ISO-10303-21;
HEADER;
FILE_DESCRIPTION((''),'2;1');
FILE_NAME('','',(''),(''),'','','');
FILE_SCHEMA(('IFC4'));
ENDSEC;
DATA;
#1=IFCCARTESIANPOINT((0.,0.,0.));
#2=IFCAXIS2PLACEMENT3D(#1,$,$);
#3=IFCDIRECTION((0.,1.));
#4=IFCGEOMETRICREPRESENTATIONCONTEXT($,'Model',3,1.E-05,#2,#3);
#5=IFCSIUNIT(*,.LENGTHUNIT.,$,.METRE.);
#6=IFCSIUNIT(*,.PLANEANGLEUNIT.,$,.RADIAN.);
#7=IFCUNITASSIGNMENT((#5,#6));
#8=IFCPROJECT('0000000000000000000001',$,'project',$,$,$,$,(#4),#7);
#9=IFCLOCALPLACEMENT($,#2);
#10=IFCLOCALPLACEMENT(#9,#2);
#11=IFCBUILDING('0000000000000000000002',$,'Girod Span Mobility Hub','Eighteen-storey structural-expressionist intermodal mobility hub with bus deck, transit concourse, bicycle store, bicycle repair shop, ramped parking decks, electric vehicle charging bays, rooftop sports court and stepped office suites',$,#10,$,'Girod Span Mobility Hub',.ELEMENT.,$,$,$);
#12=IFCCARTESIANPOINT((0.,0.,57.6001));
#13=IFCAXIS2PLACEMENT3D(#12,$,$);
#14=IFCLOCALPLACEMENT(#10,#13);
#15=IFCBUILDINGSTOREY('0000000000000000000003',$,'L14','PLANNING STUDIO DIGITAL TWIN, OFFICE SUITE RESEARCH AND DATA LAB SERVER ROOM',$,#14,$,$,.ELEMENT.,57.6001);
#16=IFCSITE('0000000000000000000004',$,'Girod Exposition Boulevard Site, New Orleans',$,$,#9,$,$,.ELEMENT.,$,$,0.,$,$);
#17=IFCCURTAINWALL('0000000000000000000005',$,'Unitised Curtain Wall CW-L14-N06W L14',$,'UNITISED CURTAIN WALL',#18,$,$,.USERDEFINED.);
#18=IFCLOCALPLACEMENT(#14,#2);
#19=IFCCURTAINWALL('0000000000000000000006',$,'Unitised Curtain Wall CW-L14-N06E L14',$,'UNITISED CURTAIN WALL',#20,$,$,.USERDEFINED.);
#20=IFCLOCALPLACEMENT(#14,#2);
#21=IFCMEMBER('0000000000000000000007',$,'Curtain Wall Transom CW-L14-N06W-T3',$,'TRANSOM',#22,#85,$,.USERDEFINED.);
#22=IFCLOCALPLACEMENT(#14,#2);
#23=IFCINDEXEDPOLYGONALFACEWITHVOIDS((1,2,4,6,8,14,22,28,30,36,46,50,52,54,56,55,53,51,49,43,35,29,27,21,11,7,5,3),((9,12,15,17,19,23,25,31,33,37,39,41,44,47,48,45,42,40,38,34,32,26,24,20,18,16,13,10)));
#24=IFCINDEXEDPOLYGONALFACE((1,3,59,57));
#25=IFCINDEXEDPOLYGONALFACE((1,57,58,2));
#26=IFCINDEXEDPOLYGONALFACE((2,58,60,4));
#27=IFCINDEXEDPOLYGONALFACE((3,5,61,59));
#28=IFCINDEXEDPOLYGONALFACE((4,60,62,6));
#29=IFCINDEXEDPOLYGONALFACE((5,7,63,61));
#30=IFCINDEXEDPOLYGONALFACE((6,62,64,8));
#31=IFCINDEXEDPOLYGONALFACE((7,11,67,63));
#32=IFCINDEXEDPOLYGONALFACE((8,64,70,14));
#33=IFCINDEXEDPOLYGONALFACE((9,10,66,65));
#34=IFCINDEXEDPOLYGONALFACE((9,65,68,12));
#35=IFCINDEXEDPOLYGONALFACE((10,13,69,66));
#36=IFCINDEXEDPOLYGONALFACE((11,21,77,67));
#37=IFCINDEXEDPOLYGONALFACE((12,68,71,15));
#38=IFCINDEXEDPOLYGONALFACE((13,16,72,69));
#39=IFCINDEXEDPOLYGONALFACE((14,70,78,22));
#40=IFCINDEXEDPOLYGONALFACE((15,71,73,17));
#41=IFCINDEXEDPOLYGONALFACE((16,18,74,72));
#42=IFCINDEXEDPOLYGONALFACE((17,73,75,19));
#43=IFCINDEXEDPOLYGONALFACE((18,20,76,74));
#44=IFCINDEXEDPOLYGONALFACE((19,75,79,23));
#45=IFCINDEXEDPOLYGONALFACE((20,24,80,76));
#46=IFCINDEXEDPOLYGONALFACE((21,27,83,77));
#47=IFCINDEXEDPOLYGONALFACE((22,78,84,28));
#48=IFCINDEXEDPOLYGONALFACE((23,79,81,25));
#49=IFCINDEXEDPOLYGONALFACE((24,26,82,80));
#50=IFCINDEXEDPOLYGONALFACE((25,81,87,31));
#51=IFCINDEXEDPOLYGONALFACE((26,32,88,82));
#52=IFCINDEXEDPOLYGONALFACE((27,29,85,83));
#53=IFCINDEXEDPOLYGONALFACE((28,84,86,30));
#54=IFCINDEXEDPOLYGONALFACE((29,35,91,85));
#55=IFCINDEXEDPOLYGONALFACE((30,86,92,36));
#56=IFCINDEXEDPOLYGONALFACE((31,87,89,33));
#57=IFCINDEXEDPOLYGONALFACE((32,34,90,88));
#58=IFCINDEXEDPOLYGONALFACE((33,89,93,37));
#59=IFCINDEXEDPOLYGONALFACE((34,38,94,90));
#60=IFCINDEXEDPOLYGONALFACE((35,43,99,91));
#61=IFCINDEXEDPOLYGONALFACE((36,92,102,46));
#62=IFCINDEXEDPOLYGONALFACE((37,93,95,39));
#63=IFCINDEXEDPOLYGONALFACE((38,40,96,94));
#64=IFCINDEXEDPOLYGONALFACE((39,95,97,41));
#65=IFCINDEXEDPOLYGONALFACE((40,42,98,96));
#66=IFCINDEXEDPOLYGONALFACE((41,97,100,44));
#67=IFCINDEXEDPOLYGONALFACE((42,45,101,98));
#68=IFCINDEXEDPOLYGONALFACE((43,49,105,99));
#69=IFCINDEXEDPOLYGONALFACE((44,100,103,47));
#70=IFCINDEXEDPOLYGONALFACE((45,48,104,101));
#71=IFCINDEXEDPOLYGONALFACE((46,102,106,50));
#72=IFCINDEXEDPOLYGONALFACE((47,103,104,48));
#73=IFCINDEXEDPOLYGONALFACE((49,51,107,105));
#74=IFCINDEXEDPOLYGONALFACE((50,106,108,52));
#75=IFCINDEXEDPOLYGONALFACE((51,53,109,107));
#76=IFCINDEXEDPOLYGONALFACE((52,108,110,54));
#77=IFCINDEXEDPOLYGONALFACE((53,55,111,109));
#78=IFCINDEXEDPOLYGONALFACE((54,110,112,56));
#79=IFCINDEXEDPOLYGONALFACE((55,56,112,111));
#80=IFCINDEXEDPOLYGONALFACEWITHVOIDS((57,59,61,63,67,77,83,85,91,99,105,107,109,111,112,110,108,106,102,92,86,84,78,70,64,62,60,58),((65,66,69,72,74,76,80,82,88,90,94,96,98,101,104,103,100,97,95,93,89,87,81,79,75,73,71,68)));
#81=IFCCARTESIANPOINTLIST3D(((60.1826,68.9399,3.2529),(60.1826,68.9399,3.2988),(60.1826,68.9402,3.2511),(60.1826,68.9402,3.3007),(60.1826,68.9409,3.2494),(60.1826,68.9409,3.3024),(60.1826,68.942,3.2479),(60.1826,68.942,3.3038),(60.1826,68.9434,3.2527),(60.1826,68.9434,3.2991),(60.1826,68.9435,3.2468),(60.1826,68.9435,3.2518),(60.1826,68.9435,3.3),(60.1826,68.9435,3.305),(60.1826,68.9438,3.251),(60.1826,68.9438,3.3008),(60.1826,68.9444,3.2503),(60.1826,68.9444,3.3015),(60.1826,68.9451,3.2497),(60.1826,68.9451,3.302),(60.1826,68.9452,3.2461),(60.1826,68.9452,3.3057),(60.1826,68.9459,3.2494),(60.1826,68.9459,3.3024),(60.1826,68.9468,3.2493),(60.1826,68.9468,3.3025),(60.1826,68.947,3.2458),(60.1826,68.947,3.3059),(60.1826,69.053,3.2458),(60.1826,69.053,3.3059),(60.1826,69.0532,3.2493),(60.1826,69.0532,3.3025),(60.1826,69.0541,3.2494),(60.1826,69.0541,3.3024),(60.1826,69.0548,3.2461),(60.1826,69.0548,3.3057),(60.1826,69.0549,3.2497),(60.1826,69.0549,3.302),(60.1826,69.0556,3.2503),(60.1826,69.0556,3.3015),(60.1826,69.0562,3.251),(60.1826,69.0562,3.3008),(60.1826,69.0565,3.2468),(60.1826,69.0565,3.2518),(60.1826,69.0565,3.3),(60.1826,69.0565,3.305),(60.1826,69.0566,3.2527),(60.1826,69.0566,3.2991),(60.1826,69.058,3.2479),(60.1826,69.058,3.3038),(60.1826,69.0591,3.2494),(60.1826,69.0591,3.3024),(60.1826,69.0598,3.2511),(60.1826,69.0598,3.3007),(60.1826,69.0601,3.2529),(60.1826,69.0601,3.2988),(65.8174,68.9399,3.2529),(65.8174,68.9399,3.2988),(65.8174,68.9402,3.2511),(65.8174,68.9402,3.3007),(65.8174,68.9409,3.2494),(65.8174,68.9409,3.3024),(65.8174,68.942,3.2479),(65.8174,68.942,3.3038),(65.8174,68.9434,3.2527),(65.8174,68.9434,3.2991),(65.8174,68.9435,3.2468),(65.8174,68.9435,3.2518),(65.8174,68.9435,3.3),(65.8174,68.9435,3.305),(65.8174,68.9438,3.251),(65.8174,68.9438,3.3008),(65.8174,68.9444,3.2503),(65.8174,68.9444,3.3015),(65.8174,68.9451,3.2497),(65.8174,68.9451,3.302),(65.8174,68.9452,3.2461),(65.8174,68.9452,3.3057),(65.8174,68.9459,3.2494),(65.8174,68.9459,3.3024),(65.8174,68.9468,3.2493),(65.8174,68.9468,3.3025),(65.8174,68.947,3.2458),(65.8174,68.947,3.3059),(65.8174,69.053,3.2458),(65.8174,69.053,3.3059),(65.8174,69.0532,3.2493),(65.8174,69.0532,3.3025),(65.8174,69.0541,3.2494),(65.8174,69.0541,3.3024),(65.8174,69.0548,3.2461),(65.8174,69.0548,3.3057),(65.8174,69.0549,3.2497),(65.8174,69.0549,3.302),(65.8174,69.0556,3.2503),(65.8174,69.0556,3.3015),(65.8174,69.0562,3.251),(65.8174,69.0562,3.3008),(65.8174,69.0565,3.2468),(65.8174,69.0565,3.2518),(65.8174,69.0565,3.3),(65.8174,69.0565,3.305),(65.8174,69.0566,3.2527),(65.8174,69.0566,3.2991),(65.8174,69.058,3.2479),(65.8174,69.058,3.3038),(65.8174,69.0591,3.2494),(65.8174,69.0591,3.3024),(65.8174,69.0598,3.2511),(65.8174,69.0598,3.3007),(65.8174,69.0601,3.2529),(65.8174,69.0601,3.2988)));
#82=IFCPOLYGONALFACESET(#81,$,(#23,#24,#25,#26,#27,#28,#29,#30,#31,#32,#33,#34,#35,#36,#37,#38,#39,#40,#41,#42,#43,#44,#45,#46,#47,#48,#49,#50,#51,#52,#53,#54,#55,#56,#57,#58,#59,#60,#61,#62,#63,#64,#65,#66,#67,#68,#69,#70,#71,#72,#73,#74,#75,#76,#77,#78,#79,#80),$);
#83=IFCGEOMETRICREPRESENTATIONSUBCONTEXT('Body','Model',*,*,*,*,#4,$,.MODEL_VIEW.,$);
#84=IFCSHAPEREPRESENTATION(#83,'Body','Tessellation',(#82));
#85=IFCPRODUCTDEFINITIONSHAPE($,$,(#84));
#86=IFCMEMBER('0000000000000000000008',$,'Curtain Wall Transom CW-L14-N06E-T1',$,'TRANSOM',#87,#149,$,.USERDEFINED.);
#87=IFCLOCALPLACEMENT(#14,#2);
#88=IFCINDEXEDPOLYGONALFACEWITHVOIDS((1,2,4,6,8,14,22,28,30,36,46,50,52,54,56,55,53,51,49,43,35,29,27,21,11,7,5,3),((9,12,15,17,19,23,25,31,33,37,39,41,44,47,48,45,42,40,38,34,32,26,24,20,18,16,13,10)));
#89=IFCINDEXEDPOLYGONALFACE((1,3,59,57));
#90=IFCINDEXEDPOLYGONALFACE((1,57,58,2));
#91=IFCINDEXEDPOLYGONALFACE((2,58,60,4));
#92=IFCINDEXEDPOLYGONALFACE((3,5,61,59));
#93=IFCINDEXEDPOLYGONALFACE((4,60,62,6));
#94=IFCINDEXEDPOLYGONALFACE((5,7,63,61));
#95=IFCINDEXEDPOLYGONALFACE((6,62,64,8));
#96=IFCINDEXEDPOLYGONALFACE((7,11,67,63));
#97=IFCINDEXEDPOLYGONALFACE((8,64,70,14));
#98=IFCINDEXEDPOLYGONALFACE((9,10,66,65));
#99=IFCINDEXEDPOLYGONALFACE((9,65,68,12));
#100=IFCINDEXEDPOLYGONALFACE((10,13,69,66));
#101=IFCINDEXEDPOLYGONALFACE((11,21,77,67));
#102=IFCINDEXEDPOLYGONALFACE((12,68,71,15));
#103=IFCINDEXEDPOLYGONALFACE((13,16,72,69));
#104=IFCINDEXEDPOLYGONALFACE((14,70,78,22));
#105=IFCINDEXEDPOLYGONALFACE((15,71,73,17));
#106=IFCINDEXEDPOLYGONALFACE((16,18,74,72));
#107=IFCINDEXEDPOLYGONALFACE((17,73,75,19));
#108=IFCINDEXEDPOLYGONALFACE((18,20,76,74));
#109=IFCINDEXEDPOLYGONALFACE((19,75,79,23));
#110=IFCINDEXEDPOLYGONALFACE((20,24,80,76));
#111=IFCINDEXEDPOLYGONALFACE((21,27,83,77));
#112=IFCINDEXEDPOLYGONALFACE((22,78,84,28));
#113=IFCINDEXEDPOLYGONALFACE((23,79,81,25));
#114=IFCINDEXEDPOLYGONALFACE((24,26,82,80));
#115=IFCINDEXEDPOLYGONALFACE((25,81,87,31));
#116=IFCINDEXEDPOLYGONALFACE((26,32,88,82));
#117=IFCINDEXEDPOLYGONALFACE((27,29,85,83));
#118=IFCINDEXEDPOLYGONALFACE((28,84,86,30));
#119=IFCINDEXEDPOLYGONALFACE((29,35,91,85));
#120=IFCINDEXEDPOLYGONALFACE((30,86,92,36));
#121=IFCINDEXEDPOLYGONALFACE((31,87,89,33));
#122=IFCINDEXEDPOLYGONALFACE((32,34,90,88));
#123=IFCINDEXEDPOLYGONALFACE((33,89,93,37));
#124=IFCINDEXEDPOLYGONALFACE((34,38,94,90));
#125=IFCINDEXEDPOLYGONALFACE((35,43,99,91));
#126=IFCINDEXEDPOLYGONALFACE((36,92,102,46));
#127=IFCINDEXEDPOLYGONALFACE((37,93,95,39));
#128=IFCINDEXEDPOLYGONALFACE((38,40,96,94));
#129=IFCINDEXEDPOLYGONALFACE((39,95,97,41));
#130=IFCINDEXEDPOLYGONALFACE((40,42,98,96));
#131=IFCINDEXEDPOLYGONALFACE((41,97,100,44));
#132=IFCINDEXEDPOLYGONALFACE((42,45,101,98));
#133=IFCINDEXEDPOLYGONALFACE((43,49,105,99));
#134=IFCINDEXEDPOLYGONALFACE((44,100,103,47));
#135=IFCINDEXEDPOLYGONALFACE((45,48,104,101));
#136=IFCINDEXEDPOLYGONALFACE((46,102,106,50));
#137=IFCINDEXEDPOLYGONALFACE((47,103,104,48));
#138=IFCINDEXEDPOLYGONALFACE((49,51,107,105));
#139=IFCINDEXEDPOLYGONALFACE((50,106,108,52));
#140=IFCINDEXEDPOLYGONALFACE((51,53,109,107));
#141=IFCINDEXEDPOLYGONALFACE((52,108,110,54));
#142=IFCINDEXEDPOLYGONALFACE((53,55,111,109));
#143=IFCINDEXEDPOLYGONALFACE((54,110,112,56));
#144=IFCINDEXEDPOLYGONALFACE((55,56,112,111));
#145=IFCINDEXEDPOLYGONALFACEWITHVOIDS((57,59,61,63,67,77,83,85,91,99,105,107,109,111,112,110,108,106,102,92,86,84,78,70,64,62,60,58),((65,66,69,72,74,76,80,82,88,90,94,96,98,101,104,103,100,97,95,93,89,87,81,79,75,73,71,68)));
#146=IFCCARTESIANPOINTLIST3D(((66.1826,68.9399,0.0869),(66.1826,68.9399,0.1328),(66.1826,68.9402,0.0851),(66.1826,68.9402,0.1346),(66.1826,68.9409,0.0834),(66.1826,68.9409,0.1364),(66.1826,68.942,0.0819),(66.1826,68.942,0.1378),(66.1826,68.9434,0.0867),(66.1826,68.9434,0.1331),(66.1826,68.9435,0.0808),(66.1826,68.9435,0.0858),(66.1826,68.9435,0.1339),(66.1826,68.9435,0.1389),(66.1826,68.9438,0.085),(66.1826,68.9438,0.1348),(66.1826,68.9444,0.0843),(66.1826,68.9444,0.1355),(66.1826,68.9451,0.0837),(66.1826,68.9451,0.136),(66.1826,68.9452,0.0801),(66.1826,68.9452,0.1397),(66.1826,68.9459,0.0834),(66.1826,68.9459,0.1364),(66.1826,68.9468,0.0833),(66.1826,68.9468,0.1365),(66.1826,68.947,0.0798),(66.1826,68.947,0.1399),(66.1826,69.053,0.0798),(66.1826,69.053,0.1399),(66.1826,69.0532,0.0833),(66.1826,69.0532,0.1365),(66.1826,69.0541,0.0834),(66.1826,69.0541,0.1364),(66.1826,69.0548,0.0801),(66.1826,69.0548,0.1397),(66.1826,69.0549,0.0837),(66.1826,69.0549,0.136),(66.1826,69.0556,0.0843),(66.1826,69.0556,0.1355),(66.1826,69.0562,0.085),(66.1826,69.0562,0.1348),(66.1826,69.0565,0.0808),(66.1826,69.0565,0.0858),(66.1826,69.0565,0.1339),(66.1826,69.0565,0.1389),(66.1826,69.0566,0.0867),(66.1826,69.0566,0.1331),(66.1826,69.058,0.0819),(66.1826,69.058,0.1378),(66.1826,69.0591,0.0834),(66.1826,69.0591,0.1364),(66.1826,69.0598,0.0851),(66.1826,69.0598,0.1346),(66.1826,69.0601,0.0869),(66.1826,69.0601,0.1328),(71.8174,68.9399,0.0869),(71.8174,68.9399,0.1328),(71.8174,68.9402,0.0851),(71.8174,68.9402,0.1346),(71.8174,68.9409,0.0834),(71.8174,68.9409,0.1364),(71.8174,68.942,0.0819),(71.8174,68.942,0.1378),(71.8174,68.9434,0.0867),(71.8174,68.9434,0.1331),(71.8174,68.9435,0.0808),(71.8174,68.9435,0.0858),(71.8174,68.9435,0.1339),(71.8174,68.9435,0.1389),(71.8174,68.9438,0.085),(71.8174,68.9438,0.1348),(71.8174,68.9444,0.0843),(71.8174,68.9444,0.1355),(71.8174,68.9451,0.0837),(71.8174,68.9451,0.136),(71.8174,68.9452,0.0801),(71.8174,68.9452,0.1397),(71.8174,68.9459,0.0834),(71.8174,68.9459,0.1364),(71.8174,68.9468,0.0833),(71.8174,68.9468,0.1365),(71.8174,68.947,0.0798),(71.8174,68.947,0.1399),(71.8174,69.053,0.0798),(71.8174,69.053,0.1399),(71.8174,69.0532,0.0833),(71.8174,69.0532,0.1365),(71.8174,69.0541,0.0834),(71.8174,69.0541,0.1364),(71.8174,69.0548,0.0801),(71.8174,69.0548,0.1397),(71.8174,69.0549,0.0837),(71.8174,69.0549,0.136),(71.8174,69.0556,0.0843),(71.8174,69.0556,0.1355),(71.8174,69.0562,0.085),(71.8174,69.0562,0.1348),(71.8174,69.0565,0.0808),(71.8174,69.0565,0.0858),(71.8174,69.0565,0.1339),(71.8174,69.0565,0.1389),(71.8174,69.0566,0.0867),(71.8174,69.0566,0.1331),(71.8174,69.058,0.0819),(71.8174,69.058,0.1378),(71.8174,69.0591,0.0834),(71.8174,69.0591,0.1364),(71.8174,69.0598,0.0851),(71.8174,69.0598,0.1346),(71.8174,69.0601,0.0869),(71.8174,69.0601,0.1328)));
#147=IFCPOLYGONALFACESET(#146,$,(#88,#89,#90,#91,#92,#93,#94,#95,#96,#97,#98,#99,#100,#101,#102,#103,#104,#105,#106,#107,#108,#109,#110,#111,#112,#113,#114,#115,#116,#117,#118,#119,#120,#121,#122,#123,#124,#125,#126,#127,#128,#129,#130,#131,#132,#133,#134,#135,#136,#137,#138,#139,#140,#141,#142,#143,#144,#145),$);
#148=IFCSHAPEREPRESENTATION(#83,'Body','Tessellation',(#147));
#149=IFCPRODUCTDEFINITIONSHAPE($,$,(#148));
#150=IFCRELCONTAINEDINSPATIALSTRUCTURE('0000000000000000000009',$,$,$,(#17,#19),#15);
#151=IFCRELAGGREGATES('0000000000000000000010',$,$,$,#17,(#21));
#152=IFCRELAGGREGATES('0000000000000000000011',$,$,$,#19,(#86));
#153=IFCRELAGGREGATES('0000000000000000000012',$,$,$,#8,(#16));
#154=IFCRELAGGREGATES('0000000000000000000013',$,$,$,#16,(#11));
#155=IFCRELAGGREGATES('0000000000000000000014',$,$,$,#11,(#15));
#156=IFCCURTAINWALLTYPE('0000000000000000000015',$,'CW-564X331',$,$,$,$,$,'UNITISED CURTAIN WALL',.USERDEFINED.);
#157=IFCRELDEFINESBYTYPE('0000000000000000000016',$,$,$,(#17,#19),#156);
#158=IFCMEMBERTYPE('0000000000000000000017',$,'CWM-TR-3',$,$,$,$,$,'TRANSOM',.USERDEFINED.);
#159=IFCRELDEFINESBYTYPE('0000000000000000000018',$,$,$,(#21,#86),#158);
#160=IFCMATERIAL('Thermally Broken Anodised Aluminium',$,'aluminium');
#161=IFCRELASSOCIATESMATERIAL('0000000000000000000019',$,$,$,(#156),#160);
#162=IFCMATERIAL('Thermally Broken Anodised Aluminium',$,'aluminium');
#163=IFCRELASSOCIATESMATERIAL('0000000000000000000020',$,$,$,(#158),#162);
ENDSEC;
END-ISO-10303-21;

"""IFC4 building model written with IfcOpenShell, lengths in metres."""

from ifc_helpers import new_model, si_unit, direction, frame, origin, origin_2d, place, context, subcontext, project, spatial, hollow_rectangle, extrude, material, material_profile, profile_set, type_object, element, aggregate, save


model = new_model("IFC4")

# Units and contexts
model_context = context("Model", 3, precision=1e-05, world=origin(), true_north=direction((0.0, 1.0)))
body_context = subcontext(model_context, "Body", "Model", "MODEL_VIEW")
ifc_project = project(units=[si_unit("LENGTHUNIT", "METRE"), si_unit("PLANEANGLEUNIT", "RADIAN")], contexts=[model_context])

# Site, building, storey
site_placement = place(None, origin())
site = spatial("IfcSite", under=ifc_project, at=site_placement, Name="Girod Exposition Boulevard Site, New Orleans", CompositionType="ELEMENT", RefElevation=0.0)
building_placement = place(site_placement, origin())
building = spatial("IfcBuilding", under=site, at=building_placement, Name="Girod Span Mobility Hub", Description="Eighteen-storey structural-expressionist intermodal mobility hub with bus deck, transit concourse, bicycle store, bicycle repair shop, ramped parking decks, electric vehicle charging bays, rooftop sports court and stepped office suites", LongName="Girod Span Mobility Hub", CompositionType="ELEMENT")
storey_placement = place(building_placement, frame((0.0, 0.0, 57.6001)))
storey = spatial("IfcBuildingStorey", under=building, at=storey_placement, Name="L14", Description="PLANNING STUDIO DIGITAL TWIN, OFFICE SUITE RESEARCH AND DATA LAB SERVER ROOM", CompositionType="ELEMENT", Elevation=57.6001)

# Curtain wall
ifc_material_1 = material(Name="Thermally Broken Anodised Aluminium", Category="aluminium")
curtain_wall_type = type_object("IfcCurtainWallType", Name="CW-564X331", ElementType="UNITISED CURTAIN WALL", PredefinedType="USERDEFINED", material=ifc_material_1)
curtain_wall_1_placement = place(storey_placement, origin())
curtain_wall_1 = element("IfcCurtainWall", 1, at=curtain_wall_1_placement, inside=storey, type_object=curtain_wall_type, Name="Unitised Curtain Wall CW-L14-N06W L14", ObjectType="UNITISED CURTAIN WALL", PredefinedType="USERDEFINED")

# Curtain wall
curtain_wall_2_placement = place(storey_placement, origin())
curtain_wall_2 = element("IfcCurtainWall", 2, at=curtain_wall_2_placement, inside=storey, type_object=curtain_wall_type, Name="Unitised Curtain Wall CW-L14-N06E L14", ObjectType="UNITISED CURTAIN WALL", PredefinedType="USERDEFINED")

# Members
ifc_material_2 = material(Name="Thermally Broken Anodised Aluminium", Category="aluminium")
ifc_material_profile_1 = material_profile(ifc_material_2, hollow_rectangle(XDim=0.1201, YDim=0.0601, WallThickness=0.0034, InnerFilletRadius=0.0034, OuterFilletRadius=0.0071, at=origin_2d()), Name="CW-TR-60X120")
ifc_profile_set_1 = profile_set([ifc_material_profile_1], Name="Thermally Broken Anodised Aluminium")
member_type_1 = type_object("IfcMemberType", Name="CWM-TR-3", ElementType="TRANSOM", PredefinedType="USERDEFINED", material=ifc_profile_set_1)
member_1_placement = place(storey_placement, frame((60.1826, 69.0, 3.2759), z_axis=(1.0, 0.0, 0.0), x_axis=(0.0, 1.0, 0.0)))
member_1 = element("IfcMember", 3, at=member_1_placement, type_object=member_type_1, Name="Curtain Wall Transom CW-L14-N06W-T3", ObjectType="TRANSOM", PredefinedType="USERDEFINED", context=body_context, shape_type="SweptSolid", body=[
    extrude(hollow_rectangle(XDim=0.1201, YDim=0.0601, WallThickness=0.0034, InnerFilletRadius=0.0034, OuterFilletRadius=0.0071, at=origin_2d()), origin(), (0.0, 0.0, 1.0), 5.6348),
])
member_2_placement = place(storey_placement, frame((66.1826, 69.0, 0.1099), z_axis=(1.0, 0.0, 0.0), x_axis=(0.0, 1.0, 0.0)))
member_2 = element("IfcMember", 4, at=member_2_placement, type_object=member_type_1, Name="Curtain Wall Transom CW-L14-N06E-T1", ObjectType="TRANSOM", PredefinedType="USERDEFINED", context=body_context, shape_type="SweptSolid", body=[
    extrude(hollow_rectangle(XDim=0.1201, YDim=0.0601, WallThickness=0.0034, InnerFilletRadius=0.0034, OuterFilletRadius=0.0071, at=origin_2d()), origin(), (0.0, 0.0, 1.0), 5.6348),
])

aggregate(curtain_wall_1, [member_1])
aggregate(curtain_wall_2, [member_2])

save(model, "model.ifc")
